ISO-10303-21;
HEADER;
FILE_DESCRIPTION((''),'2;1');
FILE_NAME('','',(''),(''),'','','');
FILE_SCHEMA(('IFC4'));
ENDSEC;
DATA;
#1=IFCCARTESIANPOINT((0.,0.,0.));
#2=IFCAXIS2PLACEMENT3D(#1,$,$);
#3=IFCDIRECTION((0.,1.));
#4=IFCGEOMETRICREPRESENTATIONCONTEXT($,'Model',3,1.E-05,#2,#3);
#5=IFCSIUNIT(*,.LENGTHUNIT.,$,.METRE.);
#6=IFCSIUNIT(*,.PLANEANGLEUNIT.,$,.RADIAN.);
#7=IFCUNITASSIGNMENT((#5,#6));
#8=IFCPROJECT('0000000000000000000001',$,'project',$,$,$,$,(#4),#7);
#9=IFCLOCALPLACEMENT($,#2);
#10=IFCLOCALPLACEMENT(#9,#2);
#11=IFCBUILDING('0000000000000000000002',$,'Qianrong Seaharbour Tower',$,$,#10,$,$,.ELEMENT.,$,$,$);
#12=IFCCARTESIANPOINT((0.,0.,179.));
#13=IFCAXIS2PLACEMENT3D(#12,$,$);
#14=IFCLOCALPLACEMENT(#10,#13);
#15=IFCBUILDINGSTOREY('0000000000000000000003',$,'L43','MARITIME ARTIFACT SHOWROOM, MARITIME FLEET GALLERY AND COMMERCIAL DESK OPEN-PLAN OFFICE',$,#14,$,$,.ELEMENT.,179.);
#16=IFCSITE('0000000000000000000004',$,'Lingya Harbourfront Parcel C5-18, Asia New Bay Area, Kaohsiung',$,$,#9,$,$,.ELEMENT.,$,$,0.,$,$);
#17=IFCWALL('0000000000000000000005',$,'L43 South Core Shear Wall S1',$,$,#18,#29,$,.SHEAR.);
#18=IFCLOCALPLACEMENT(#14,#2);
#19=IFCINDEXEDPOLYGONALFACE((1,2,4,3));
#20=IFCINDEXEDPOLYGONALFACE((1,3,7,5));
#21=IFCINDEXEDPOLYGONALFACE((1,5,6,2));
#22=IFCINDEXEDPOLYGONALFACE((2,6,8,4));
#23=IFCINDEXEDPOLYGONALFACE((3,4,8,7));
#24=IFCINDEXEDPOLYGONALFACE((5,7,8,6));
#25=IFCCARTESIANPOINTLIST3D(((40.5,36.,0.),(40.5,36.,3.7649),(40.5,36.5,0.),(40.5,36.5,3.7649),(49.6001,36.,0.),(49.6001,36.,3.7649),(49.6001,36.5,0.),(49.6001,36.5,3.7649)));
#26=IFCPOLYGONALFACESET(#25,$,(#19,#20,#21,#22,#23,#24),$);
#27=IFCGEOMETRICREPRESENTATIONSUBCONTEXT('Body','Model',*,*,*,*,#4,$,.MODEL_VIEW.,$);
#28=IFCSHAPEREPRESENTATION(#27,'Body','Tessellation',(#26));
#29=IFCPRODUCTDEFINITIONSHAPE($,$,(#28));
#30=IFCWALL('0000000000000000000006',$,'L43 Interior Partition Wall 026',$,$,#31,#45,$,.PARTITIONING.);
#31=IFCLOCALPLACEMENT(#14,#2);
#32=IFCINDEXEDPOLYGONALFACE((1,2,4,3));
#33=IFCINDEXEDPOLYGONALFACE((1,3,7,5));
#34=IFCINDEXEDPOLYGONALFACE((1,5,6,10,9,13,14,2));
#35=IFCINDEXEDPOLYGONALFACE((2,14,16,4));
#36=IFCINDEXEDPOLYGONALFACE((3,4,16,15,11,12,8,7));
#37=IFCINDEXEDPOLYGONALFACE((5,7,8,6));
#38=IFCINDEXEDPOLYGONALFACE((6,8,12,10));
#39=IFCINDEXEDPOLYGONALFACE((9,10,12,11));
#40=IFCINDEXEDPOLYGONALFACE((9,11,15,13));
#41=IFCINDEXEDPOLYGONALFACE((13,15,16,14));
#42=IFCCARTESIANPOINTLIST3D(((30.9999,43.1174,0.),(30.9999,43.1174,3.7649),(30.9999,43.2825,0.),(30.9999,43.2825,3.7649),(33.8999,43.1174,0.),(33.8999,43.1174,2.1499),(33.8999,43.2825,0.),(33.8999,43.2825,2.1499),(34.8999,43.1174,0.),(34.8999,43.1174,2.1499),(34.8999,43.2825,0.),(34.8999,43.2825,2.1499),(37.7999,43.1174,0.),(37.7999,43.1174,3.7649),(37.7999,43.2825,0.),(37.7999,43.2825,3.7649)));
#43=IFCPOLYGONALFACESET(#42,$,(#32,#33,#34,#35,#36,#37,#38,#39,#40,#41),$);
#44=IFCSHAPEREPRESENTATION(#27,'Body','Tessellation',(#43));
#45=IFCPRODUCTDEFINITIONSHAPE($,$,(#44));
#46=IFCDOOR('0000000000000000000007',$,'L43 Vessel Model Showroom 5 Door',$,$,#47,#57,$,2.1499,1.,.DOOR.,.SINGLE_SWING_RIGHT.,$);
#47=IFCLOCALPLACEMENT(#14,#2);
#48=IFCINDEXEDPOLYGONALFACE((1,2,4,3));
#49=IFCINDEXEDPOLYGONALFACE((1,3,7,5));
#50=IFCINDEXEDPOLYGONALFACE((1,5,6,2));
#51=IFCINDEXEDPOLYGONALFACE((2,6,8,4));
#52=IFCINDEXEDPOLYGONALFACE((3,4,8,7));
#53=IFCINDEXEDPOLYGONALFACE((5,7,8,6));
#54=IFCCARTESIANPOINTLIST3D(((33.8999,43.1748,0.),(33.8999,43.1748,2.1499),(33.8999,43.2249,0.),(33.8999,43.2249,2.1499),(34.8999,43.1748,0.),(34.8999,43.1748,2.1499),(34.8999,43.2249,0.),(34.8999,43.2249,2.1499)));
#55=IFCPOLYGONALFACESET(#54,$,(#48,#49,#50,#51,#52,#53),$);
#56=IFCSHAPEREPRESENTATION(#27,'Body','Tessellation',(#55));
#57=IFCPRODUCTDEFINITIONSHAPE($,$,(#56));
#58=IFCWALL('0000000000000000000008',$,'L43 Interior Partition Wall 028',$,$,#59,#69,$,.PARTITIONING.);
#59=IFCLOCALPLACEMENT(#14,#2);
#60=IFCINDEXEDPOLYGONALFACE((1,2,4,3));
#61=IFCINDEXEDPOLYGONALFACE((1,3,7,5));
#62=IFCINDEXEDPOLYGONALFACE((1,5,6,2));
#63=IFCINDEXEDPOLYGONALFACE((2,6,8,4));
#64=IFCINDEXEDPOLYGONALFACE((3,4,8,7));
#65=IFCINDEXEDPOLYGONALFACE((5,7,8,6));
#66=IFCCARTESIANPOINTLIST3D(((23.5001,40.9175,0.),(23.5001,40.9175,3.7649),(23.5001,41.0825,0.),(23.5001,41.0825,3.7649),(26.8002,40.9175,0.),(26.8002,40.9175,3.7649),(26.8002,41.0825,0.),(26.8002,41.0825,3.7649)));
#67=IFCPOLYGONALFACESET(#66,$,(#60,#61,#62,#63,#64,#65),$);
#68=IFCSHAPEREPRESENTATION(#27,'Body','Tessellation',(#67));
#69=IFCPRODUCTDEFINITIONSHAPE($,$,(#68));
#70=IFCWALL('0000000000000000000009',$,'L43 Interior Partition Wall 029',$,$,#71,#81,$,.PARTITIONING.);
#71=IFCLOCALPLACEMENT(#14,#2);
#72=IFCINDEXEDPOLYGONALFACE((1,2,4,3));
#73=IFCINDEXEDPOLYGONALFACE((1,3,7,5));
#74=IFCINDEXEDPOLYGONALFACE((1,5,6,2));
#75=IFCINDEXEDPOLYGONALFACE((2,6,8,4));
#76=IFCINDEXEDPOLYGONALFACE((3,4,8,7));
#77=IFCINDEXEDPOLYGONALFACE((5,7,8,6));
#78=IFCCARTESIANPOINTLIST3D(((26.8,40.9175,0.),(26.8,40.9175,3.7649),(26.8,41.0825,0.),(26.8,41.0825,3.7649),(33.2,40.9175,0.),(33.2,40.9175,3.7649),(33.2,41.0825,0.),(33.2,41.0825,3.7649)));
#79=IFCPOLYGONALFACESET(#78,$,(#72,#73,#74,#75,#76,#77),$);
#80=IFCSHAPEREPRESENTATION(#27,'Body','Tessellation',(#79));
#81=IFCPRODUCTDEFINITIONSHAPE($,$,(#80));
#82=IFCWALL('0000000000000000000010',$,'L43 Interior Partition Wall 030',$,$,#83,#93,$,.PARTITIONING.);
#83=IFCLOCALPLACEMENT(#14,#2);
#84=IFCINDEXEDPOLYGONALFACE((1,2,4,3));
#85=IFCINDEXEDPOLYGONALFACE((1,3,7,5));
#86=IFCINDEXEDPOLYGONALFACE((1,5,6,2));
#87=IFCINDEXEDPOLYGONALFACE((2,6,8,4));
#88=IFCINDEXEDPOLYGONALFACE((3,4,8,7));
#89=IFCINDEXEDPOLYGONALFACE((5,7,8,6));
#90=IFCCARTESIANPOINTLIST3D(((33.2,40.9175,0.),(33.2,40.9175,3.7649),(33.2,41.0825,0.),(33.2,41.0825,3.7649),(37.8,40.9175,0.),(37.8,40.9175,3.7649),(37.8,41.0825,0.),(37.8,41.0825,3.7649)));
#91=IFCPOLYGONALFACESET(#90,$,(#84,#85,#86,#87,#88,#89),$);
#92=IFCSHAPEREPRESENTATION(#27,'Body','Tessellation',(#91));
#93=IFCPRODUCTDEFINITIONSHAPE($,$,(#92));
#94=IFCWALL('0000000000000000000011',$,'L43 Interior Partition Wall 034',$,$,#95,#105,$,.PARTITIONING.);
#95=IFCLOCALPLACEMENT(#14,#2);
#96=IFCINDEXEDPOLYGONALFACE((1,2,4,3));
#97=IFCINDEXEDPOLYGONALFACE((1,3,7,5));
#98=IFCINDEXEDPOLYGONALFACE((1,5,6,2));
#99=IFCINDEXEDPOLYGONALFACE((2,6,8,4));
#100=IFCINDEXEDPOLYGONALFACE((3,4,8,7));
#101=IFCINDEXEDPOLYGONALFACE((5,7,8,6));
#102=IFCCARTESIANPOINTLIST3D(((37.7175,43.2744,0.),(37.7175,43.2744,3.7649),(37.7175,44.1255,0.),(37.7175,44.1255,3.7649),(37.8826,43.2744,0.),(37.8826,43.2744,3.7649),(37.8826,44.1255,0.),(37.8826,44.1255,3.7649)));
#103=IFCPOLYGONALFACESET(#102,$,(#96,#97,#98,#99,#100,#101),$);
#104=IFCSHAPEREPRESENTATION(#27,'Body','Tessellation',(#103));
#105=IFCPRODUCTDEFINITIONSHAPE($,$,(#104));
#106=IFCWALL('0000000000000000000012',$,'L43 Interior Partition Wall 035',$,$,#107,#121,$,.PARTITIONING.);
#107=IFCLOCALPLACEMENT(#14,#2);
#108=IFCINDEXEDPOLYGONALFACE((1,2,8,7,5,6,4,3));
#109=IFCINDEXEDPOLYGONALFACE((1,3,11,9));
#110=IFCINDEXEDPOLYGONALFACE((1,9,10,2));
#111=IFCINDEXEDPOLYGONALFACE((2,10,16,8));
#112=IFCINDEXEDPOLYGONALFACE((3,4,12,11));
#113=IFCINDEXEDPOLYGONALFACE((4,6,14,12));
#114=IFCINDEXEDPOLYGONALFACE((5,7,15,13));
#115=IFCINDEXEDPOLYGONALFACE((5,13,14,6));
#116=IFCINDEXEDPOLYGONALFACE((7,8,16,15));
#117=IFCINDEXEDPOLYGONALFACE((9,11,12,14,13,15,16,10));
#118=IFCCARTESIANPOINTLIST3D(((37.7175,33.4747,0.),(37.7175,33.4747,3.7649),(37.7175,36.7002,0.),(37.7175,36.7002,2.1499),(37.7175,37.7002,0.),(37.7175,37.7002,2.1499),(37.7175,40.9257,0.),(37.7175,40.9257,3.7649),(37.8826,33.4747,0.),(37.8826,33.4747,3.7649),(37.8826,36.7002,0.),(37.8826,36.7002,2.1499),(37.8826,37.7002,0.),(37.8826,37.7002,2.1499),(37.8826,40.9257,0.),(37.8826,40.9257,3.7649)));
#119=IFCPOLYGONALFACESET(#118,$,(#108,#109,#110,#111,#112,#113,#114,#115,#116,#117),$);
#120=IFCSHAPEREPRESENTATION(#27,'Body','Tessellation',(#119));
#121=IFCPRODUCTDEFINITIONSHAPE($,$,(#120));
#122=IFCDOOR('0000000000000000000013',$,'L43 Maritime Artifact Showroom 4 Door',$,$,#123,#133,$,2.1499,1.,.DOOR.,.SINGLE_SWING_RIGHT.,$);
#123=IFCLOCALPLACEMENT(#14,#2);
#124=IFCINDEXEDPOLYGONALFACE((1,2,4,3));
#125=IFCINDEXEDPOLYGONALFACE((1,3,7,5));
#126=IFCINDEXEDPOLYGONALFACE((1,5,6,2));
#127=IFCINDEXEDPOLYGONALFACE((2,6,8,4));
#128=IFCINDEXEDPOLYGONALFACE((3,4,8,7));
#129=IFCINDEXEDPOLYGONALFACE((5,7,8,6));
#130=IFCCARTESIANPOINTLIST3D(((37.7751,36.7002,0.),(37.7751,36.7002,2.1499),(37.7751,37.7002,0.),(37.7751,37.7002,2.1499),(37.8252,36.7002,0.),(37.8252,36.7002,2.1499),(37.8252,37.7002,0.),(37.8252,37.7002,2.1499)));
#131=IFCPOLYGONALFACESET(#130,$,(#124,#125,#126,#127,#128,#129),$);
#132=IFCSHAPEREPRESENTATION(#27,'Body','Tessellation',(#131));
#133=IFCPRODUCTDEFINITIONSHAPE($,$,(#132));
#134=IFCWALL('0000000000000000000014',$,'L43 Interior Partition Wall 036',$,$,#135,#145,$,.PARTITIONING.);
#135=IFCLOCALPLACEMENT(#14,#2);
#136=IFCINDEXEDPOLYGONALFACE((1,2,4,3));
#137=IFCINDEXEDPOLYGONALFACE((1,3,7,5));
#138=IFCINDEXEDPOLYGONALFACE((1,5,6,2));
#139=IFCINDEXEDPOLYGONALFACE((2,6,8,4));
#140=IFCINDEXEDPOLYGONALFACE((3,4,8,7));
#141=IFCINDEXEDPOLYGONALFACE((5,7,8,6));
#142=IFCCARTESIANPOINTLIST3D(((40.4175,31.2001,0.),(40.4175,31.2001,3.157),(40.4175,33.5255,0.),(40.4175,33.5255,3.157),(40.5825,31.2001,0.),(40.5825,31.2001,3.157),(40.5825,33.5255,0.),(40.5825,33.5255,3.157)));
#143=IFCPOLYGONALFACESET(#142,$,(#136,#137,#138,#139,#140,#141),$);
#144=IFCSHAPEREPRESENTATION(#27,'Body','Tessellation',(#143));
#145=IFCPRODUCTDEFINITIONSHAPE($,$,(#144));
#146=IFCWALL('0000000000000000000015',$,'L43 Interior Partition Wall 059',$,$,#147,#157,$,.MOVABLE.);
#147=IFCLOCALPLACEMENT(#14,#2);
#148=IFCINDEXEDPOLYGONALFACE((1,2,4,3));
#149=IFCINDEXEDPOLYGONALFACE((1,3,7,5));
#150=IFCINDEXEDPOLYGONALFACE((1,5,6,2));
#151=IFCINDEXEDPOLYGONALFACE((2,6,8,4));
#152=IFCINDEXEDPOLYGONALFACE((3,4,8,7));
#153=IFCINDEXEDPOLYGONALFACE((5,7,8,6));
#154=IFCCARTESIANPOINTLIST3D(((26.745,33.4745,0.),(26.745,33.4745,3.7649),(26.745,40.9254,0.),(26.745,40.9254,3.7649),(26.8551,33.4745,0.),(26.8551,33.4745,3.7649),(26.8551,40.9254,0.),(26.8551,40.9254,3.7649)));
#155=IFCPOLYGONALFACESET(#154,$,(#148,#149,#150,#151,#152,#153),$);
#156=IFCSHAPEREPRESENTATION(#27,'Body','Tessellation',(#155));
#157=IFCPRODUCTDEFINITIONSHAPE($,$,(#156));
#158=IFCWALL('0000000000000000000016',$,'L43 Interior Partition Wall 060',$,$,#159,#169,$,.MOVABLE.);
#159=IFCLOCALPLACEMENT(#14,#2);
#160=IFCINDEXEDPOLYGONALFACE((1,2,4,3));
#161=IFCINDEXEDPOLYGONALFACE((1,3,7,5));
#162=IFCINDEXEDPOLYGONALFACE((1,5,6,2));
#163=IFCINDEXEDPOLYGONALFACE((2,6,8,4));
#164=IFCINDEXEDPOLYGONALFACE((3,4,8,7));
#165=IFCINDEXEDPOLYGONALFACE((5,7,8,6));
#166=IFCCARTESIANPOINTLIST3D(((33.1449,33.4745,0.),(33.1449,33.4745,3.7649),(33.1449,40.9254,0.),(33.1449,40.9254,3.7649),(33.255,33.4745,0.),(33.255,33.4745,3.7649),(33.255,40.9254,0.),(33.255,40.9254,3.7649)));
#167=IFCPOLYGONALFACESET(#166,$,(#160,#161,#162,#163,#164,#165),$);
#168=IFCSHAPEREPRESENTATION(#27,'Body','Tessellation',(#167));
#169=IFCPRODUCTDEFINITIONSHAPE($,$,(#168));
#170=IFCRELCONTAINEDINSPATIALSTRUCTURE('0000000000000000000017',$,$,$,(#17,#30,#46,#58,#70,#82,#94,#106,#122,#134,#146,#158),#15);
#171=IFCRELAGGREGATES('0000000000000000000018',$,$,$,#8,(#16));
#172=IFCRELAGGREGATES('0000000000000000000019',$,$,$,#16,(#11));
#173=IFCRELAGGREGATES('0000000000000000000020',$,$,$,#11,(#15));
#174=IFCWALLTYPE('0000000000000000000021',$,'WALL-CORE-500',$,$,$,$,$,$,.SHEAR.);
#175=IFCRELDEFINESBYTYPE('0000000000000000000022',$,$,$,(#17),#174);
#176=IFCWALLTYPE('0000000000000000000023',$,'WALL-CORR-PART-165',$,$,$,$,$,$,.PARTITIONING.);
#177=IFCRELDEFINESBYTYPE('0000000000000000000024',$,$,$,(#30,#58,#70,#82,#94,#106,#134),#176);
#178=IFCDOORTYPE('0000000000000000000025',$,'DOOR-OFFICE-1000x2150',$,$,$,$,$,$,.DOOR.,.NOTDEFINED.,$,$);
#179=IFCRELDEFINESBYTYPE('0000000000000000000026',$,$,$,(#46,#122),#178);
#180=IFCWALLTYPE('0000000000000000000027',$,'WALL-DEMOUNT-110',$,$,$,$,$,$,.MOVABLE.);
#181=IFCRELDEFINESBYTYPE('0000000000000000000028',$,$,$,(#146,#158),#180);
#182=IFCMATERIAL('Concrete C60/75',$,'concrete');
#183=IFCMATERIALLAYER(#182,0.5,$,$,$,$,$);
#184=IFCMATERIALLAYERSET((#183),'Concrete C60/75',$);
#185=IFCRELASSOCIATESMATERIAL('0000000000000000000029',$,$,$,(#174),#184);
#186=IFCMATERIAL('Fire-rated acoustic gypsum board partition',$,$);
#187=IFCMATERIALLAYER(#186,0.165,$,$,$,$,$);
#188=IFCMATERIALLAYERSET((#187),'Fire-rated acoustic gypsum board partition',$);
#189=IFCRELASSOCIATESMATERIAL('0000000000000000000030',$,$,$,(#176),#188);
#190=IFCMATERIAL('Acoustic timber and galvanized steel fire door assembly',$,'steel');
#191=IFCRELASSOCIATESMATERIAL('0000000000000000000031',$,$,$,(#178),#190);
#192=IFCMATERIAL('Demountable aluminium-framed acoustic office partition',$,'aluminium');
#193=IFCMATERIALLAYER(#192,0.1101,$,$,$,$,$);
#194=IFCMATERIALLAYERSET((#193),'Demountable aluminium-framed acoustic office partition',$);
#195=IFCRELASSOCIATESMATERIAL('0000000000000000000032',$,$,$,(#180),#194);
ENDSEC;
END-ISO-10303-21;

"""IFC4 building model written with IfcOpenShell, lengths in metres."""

from ifc_helpers import new_model, si_unit, direction, frame, frame_2d, origin, place, context, subcontext, project, spatial, rectangle, extrude, material, layer, layer_set, type_object, element, fill, save


model = new_model("IFC4")

# Units and contexts
model_context = context("Model", 3, precision=1e-05, world=origin(), true_north=direction((0.0, 1.0)))
body_context = subcontext(model_context, "Body", "Model", "MODEL_VIEW")
ifc_project = project(units=[si_unit("LENGTHUNIT", "METRE"), si_unit("PLANEANGLEUNIT", "RADIAN")], contexts=[model_context])

# Site, building, storey
site_placement = place(None, origin())
site = spatial("IfcSite", under=ifc_project, at=site_placement, Name="Lingya Harbourfront Parcel C5-18, Asia New Bay Area, Kaohsiung", CompositionType="ELEMENT", RefElevation=0.0)
building_placement = place(site_placement, origin())
building = spatial("IfcBuilding", under=site, at=building_placement, Name="Qianrong Seaharbour Tower", CompositionType="ELEMENT")
storey_placement = place(building_placement, frame((0.0, 0.0, 179.0)))
storey = spatial("IfcBuildingStorey", under=building, at=storey_placement, Name="L43", Description="MARITIME ARTIFACT SHOWROOM, MARITIME FLEET GALLERY AND COMMERCIAL DESK OPEN-PLAN OFFICE", CompositionType="ELEMENT", Elevation=179.0)

# Wall
ifc_material_1 = material(Name="Concrete C60/75", Category="concrete")
ifc_layer_1 = layer(ifc_material_1, 0.5)
ifc_layer_set_1 = layer_set([ifc_layer_1], Name="Concrete C60/75")
wall_type_1 = type_object("IfcWallType", Name="WALL-CORE-500", PredefinedType="SHEAR", material=ifc_layer_set_1)
wall_1_placement = place(storey_placement, frame((40.5, 36.25, 0.0), z_axis=(0.0, 0.0, 1.0), x_axis=(1.0, 0.0, 0.0)))
element("IfcWall", 1, at=wall_1_placement, inside=storey, type_object=wall_type_1, Name="L43 South Core Shear Wall S1", PredefinedType="SHEAR", context=body_context, shape_type="SweptSolid", body=[
    extrude(rectangle(XDim=9.1001, YDim=0.5, at=frame_2d((4.55, 0.0))), origin(), (0.0, 0.0, 1.0), 3.7649),
])

# Wall, opening, door
ifc_material_2 = material(Name="Fire-rated acoustic gypsum board partition")
ifc_layer_2 = layer(ifc_material_2, 0.165)
ifc_layer_set_2 = layer_set([ifc_layer_2], Name="Fire-rated acoustic gypsum board partition")
wall_type_2 = type_object("IfcWallType", Name="WALL-CORR-PART-165", PredefinedType="PARTITIONING", material=ifc_layer_set_2)
wall_2_placement = place(storey_placement, frame((31.0, 43.2, 0.0), z_axis=(0.0, 0.0, 1.0), x_axis=(1.0, 0.0, 0.0)))
wall_2 = element("IfcWall", 2, at=wall_2_placement, inside=storey, type_object=wall_type_2, Name="L43 Interior Partition Wall 026", PredefinedType="PARTITIONING", context=body_context, shape_type="SweptSolid", body=[
    extrude(rectangle(XDim=6.8, YDim=0.165, at=frame_2d((3.3999, 0.0))), origin(), (0.0, 0.0, 1.0), 3.7649),
])
opening_1_placement = place(wall_2_placement, frame((2.8999, 0.0, 0.0)))
opening_1 = element("IfcOpeningElement", 3, at=opening_1_placement, cuts=wall_2, PredefinedType="OPENING", context=body_context, shape_type="SweptSolid", body=[
    extrude(rectangle(XDim=1.0, YDim=2.1499, at=frame_2d((0.5, 1.075))), frame((0.0, 0.0925, 0.0), z_axis=(0.0, -1.0, 0.0), x_axis=(1.0, 0.0, 0.0)), (0.0, 0.0, 1.0), 0.1851),
])
ifc_material_3 = material(Name="Acoustic timber and galvanized steel fire door assembly", Category="steel")
door_type = type_object("IfcDoorType", Name="DOOR-OFFICE-1000x2150", OperationType="NOTDEFINED", PredefinedType="DOOR", material=ifc_material_3)
door_1_placement = place(opening_1_placement, origin())
door_1 = element("IfcDoor", 4, at=door_1_placement, inside=storey, type_object=door_type, Name="L43 Vessel Model Showroom 5 Door", OperationType="SINGLE_SWING_RIGHT", OverallHeight=2.1499, OverallWidth=1.0, PredefinedType="DOOR", context=body_context, shape_type="SweptSolid", body=[
    extrude(rectangle(XDim=1.0, YDim=2.1499, at=frame_2d((0.5, 1.075))), frame((0.0, 0.0249, 0.0), z_axis=(0.0, -1.0, 0.0), x_axis=(1.0, 0.0, 0.0)), (0.0, 0.0, 1.0), 0.05),
])
fill(opening_1, door_1)

# Walls
wall_3_placement = place(storey_placement, frame((26.8, 41.0, 0.0), z_axis=(0.0, 0.0, 1.0), x_axis=(-1.0, 0.0, 0.0)))
element("IfcWall", 5, at=wall_3_placement, inside=storey, type_object=wall_type_2, Name="L43 Interior Partition Wall 028", PredefinedType="PARTITIONING", context=body_context, shape_type="SweptSolid", body=[
    extrude(rectangle(XDim=3.3, YDim=0.165, at=frame_2d((1.6499, 0.0))), origin(), (0.0, 0.0, 1.0), 3.7649),
])
wall_4_placement = place(storey_placement, frame((33.2, 41.0, 0.0), z_axis=(0.0, 0.0, 1.0), x_axis=(-1.0, 0.0, 0.0)))
element("IfcWall", 6, at=wall_4_placement, inside=storey, type_object=wall_type_2, Name="L43 Interior Partition Wall 029", PredefinedType="PARTITIONING", context=body_context, shape_type="SweptSolid", body=[
    extrude(rectangle(XDim=6.3999, YDim=0.165, at=frame_2d((3.2, 0.0))), origin(), (0.0, 0.0, 1.0), 3.7649),
])
wall_5_placement = place(storey_placement, frame((37.8, 41.0, 0.0), z_axis=(0.0, 0.0, 1.0), x_axis=(-1.0, 0.0, 0.0)))
element("IfcWall", 7, at=wall_5_placement, inside=storey, type_object=wall_type_2, Name="L43 Interior Partition Wall 030", PredefinedType="PARTITIONING", context=body_context, shape_type="SweptSolid", body=[
    extrude(rectangle(XDim=4.6001, YDim=0.165, at=frame_2d((2.3, 0.0))), origin(), (0.0, 0.0, 1.0), 3.7649),
])
wall_6_placement = place(storey_placement, frame((37.8, 43.2744, 0.0), z_axis=(0.0, 0.0, 1.0), x_axis=(0.0, 1.0, 0.0)))
element("IfcWall", 8, at=wall_6_placement, inside=storey, type_object=wall_type_2, Name="L43 Interior Partition Wall 034", PredefinedType="PARTITIONING", context=body_context, shape_type="SweptSolid", body=[
    extrude(rectangle(XDim=0.8511, YDim=0.165, at=frame_2d((0.4255, 0.0))), origin(), (0.0, 0.0, 1.0), 3.7649),
])

# Wall, opening, door
wall_7_placement = place(storey_placement, frame((37.8, 33.4746, 0.0), z_axis=(0.0, 0.0, 1.0), x_axis=(0.0, 1.0, 0.0)))
wall_7 = element("IfcWall", 9, at=wall_7_placement, inside=storey, type_object=wall_type_2, Name="L43 Interior Partition Wall 035", PredefinedType="PARTITIONING", context=body_context, shape_type="SweptSolid", body=[
    extrude(rectangle(XDim=7.4509, YDim=0.165, at=frame_2d((3.7256, 0.0))), origin(), (0.0, 0.0, 1.0), 3.7649),
])
opening_2_placement = place(wall_7_placement, frame((3.2256, 0.0, 0.0)))
opening_2 = element("IfcOpeningElement", 10, at=opening_2_placement, cuts=wall_7, PredefinedType="OPENING", context=body_context, shape_type="SweptSolid", body=[
    extrude(rectangle(XDim=1.0, YDim=2.1499, at=frame_2d((0.5, 1.075))), frame((0.0, 0.0925, 0.0), z_axis=(0.0, -1.0, 0.0), x_axis=(1.0, 0.0, 0.0)), (0.0, 0.0, 1.0), 0.1851),
])
door_2_placement = place(opening_2_placement, origin())
door_2 = element("IfcDoor", 11, at=door_2_placement, inside=storey, type_object=door_type, Name="L43 Maritime Artifact Showroom 4 Door", OperationType="SINGLE_SWING_RIGHT", OverallHeight=2.1499, OverallWidth=1.0, PredefinedType="DOOR", context=body_context, shape_type="SweptSolid", body=[
    extrude(rectangle(XDim=1.0, YDim=2.1499, at=frame_2d((0.5, 1.075))), frame((0.0, 0.0249, 0.0), z_axis=(0.0, -1.0, 0.0), x_axis=(1.0, 0.0, 0.0)), (0.0, 0.0, 1.0), 0.05),
])
fill(opening_2, door_2)

# Walls
wall_8_placement = place(storey_placement, frame((40.5, 33.5254, 0.0), z_axis=(0.0, 0.0, 1.0), x_axis=(0.0, -1.0, 0.0)))
element("IfcWall", 12, at=wall_8_placement, inside=storey, type_object=wall_type_2, Name="L43 Interior Partition Wall 036", PredefinedType="PARTITIONING", context=body_context, shape_type="SweptSolid", body=[
    extrude(rectangle(XDim=2.3254, YDim=0.165, at=frame_2d((1.1626, 0.0))), origin(), (0.0, 0.0, 1.0), 3.157),
])
ifc_material_4 = material(Name="Demountable aluminium-framed acoustic office partition", Category="aluminium")
ifc_layer_3 = layer(ifc_material_4, 0.1101)
ifc_layer_set_3 = layer_set([ifc_layer_3], Name="Demountable aluminium-framed acoustic office partition")
wall_type_3 = type_object("IfcWallType", Name="WALL-DEMOUNT-110", PredefinedType="MOVABLE", material=ifc_layer_set_3)
for number, where, z_axis, x_axis, name in (
    (13, (26.8, 40.9255, 0.0), (0.0, 0.0, 1.0), (0.0, -1.0, 0.0), "L43 Interior Partition Wall 059"),
    (14, (33.2, 40.9255, 0.0), (0.0, 0.0, 1.0), (0.0, -1.0, 0.0), "L43 Interior Partition Wall 060"),
):
    element("IfcWall", number, at=place(storey_placement, frame(where, z_axis=z_axis, x_axis=x_axis)), inside=storey, type_object=wall_type_3, Name=name, PredefinedType="MOVABLE", context=body_context, shape_type="SweptSolid", body=[
        extrude(rectangle(XDim=7.4509, YDim=0.1101, at=frame_2d((3.7256, 0.0))), origin(), (0.0, 0.0, 1.0), 3.7649),
    ])

save(model, "model.ifc")
